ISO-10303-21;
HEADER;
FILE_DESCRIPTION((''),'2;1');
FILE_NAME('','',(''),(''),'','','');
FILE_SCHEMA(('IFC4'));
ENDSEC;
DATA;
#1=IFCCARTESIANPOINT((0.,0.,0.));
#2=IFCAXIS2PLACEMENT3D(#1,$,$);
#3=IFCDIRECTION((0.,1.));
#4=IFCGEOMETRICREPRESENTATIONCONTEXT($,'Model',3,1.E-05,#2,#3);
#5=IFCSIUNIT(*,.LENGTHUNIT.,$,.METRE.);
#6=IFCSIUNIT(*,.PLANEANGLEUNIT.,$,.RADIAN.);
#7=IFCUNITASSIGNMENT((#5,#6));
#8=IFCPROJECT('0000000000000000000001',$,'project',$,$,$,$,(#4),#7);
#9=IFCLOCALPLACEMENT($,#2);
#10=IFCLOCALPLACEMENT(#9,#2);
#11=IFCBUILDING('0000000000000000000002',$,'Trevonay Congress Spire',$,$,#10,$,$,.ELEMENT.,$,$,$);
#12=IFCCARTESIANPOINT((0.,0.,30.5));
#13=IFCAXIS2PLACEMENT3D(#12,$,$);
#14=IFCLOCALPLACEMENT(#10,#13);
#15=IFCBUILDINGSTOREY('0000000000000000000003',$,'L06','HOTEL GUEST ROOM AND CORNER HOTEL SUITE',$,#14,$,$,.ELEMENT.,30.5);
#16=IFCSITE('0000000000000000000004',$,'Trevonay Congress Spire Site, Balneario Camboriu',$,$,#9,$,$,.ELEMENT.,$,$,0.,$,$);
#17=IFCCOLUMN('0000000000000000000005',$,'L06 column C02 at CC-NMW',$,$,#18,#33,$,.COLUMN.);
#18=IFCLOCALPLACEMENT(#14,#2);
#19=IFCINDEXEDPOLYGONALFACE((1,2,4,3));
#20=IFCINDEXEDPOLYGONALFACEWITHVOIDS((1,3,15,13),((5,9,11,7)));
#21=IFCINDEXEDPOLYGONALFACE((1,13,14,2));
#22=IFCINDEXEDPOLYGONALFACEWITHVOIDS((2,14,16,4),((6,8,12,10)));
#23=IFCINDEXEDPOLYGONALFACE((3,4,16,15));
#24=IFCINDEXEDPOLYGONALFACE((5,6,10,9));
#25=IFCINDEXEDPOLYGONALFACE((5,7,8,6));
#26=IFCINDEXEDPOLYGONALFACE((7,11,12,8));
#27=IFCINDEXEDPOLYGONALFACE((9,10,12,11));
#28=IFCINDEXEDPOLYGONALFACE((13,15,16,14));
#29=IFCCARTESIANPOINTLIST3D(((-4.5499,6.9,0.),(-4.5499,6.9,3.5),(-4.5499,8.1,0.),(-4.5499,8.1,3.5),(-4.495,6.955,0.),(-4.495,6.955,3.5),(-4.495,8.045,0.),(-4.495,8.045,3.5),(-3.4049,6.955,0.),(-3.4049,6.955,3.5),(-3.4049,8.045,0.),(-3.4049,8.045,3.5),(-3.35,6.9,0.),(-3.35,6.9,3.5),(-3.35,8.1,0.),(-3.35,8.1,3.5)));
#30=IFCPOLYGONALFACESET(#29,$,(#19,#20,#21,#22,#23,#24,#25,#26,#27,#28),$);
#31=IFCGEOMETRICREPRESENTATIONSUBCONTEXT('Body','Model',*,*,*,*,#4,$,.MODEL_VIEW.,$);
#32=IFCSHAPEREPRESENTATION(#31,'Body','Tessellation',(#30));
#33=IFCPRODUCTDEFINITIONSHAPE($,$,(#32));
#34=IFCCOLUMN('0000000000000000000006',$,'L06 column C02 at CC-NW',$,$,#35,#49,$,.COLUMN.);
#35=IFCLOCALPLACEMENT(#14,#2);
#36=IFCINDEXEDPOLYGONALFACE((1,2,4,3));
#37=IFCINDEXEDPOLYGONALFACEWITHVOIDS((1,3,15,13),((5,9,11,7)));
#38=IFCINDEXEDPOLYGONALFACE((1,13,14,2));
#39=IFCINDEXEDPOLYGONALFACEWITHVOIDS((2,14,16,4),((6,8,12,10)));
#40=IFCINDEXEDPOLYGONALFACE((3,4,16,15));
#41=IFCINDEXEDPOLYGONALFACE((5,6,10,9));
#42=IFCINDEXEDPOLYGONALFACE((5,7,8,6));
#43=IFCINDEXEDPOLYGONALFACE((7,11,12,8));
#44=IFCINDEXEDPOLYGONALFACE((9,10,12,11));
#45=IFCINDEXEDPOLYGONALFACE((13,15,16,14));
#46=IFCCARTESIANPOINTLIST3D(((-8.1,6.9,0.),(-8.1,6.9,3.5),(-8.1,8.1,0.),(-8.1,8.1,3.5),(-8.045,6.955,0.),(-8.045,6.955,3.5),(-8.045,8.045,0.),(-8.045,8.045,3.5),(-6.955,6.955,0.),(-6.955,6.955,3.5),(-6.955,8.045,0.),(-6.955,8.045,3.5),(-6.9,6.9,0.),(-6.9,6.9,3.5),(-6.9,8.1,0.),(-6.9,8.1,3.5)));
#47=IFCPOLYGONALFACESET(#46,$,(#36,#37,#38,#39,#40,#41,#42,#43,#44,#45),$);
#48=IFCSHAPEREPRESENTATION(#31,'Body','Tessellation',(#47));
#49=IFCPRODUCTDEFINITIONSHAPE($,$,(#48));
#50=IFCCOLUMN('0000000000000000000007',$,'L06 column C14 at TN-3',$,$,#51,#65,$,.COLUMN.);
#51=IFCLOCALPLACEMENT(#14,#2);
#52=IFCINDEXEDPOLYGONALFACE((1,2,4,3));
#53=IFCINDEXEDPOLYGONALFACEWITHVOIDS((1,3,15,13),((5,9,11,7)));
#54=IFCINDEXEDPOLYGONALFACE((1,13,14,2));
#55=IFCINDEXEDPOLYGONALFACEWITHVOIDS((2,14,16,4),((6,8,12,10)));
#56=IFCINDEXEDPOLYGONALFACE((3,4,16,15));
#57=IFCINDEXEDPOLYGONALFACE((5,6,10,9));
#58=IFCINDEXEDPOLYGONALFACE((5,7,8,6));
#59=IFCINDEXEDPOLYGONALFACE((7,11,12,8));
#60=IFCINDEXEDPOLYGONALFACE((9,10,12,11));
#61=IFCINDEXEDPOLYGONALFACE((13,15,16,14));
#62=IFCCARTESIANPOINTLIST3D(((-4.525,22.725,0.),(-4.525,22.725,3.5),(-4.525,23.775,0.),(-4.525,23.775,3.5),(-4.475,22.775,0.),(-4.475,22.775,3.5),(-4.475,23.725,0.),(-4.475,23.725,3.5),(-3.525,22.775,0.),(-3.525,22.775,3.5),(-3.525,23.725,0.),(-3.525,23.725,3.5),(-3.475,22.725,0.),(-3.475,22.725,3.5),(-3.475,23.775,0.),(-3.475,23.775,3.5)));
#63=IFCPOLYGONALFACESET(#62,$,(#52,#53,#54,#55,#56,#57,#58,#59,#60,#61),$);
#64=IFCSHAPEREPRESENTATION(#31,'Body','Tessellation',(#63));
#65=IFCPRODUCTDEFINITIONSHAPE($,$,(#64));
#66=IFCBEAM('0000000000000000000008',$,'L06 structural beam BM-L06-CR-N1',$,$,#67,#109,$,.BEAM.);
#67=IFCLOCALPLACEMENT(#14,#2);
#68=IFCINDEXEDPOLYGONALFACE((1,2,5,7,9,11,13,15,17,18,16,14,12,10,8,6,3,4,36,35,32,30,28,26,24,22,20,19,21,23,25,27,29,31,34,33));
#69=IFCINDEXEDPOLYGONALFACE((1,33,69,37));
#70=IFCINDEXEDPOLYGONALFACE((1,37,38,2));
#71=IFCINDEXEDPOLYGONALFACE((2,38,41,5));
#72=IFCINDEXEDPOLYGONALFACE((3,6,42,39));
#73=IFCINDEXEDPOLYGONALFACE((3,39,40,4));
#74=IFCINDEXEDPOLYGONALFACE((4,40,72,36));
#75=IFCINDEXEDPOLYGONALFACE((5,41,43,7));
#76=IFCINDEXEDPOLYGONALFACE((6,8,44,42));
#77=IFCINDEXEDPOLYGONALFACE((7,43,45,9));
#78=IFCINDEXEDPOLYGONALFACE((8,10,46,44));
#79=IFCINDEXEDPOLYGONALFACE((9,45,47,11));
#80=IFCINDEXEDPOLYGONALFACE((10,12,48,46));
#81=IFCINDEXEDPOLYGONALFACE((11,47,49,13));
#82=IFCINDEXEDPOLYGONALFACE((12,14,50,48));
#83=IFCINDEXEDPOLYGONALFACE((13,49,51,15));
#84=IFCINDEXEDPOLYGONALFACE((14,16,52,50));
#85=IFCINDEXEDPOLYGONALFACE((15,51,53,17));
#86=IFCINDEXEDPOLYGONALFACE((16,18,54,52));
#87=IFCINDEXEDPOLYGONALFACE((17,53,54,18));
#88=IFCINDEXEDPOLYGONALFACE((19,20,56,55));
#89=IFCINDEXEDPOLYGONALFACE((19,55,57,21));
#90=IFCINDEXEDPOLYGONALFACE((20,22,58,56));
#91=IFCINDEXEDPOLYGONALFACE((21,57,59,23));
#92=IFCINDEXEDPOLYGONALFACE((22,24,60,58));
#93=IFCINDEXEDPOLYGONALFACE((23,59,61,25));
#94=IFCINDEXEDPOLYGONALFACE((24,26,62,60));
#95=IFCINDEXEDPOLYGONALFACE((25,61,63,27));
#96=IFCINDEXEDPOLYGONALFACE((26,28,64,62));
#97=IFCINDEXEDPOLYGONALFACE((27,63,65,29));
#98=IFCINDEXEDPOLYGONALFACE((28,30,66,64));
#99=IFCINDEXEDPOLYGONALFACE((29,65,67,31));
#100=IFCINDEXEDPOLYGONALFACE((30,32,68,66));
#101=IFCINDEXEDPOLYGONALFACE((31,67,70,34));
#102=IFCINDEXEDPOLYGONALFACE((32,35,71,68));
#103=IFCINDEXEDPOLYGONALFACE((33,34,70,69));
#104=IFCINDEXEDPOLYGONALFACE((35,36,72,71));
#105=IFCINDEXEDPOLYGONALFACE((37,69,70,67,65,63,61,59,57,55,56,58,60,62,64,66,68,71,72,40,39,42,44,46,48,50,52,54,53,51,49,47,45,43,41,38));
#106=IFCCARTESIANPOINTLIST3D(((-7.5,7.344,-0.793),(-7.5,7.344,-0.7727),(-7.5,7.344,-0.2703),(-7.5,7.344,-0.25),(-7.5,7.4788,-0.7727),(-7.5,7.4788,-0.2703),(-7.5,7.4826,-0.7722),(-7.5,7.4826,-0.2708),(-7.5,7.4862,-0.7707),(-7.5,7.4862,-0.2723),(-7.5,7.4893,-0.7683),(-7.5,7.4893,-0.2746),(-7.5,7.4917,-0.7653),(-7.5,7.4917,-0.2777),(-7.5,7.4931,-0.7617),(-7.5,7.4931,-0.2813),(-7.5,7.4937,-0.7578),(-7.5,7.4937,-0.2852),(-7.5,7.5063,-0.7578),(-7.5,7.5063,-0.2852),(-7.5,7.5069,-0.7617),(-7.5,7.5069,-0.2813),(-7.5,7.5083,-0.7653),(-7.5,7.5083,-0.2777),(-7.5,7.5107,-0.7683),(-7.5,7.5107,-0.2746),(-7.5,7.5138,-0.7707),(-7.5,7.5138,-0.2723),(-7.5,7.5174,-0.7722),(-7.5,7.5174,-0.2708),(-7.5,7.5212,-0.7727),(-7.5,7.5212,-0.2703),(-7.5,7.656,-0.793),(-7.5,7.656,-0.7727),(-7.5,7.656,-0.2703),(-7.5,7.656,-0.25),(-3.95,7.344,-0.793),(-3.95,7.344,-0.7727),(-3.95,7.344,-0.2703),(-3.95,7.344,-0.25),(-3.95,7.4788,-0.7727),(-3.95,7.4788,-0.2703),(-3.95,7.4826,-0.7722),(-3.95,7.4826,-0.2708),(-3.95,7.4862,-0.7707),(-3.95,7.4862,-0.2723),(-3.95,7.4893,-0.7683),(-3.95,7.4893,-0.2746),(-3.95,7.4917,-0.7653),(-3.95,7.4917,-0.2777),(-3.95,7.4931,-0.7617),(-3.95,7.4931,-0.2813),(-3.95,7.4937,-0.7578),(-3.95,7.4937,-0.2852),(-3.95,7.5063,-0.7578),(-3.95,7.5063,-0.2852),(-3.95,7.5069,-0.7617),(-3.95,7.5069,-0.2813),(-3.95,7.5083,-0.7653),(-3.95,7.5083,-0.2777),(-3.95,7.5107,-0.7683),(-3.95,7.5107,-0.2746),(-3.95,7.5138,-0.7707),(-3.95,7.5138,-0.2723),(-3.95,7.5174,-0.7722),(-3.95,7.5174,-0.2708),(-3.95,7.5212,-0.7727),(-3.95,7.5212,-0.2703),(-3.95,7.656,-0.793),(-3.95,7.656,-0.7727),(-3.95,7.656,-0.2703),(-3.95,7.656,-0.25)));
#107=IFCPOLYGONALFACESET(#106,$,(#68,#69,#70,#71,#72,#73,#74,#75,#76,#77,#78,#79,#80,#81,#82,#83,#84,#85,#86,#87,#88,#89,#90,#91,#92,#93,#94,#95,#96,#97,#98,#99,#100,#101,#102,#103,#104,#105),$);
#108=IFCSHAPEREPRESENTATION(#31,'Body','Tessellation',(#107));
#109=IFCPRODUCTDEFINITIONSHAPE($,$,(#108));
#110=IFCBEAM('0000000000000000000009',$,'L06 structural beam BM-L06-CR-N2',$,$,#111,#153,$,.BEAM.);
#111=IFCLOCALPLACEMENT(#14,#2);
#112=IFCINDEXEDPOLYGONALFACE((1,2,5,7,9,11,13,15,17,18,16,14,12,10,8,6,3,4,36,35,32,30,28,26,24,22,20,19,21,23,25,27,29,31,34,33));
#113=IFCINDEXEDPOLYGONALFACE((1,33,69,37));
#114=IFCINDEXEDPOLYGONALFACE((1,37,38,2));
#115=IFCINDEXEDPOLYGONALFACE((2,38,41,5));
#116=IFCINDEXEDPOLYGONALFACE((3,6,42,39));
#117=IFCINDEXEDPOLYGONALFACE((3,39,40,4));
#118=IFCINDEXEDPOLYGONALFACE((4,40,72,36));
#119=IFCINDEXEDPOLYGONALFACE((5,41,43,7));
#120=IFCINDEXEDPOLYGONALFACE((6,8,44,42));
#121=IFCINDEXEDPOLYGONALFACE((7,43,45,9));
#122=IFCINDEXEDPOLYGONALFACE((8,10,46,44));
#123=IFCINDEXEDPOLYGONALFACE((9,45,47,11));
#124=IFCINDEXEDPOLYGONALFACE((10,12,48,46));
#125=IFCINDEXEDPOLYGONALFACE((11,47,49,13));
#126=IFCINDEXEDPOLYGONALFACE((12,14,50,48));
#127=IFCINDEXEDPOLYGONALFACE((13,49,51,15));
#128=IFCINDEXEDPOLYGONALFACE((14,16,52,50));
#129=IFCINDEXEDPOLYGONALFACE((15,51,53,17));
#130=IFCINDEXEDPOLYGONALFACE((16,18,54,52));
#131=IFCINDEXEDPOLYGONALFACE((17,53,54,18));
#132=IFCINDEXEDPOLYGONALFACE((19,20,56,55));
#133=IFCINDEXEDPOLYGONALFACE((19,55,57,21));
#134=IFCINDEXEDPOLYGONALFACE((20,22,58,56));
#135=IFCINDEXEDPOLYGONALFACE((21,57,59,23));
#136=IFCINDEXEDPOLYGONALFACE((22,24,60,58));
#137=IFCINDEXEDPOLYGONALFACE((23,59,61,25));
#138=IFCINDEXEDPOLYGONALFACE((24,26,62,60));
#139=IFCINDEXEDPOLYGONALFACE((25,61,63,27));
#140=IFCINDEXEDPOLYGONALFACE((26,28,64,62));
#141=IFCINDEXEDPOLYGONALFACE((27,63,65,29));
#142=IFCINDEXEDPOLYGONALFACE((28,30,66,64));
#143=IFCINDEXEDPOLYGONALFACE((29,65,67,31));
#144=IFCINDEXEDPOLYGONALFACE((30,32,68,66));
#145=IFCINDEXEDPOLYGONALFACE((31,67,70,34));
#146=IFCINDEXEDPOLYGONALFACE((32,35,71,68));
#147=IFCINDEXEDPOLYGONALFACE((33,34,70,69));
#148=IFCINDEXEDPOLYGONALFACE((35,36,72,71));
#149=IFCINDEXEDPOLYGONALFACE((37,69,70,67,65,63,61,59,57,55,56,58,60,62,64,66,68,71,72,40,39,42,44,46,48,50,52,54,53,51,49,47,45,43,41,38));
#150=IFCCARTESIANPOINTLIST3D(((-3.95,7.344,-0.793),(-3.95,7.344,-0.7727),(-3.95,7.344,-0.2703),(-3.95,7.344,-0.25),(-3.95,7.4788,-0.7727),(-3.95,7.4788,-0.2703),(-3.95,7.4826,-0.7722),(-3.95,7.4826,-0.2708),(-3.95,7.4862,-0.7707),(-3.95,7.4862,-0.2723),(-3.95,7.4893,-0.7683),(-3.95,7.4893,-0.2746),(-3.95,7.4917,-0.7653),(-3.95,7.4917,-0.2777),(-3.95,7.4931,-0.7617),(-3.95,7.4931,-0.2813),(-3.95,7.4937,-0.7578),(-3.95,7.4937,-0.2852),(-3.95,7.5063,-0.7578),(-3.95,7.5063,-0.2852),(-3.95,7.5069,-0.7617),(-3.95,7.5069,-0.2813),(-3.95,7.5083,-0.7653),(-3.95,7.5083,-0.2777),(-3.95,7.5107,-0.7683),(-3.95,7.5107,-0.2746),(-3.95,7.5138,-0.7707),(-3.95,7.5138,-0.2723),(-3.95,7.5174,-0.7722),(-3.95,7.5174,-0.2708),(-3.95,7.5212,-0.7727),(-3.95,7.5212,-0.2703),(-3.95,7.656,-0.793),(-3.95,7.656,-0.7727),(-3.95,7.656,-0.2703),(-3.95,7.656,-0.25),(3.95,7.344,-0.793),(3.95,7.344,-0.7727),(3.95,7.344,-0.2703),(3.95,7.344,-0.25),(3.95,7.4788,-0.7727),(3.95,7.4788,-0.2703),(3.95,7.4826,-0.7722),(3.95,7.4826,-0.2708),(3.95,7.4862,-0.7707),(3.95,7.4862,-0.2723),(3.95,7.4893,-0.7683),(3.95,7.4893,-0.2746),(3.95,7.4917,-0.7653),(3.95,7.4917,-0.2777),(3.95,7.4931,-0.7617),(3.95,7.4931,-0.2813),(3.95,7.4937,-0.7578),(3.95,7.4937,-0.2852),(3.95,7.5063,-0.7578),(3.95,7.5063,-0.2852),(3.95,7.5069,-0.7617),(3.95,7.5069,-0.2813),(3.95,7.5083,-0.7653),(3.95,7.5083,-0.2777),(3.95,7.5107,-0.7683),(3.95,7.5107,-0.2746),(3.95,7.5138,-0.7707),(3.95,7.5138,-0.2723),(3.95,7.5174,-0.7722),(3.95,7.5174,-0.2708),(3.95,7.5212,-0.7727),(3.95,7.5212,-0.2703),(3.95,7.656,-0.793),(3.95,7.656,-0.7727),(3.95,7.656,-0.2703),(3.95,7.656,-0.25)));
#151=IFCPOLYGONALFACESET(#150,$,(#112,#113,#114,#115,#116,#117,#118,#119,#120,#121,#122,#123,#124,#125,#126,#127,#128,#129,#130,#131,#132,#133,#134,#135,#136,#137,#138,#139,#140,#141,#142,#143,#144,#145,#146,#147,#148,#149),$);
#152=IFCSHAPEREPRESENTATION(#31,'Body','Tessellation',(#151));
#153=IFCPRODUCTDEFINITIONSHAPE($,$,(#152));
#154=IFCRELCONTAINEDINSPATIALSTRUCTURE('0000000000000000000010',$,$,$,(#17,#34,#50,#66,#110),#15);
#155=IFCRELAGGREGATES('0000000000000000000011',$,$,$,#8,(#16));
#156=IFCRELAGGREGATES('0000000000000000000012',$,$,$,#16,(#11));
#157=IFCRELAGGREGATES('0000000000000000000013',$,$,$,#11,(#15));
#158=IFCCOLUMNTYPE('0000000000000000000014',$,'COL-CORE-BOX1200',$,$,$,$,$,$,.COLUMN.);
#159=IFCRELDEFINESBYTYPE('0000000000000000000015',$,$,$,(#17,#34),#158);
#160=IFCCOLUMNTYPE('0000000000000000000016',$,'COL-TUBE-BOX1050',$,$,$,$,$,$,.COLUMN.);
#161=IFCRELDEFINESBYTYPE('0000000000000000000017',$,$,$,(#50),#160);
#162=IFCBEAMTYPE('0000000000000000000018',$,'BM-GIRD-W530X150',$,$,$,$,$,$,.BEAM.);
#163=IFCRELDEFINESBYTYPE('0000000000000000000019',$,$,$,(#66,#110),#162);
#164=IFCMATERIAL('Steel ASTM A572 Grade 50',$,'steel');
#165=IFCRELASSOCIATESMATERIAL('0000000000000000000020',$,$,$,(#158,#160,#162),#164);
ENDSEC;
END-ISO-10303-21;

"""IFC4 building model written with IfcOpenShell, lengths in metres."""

from ifc_helpers import new_model, si_unit, direction, frame, origin, origin_2d, place, context, subcontext, project, spatial, hollow_rectangle, i_section, extrude, material, material_profile, profile_set, type_object, element, save


model = new_model("IFC4")

# Units and contexts
model_context = context("Model", 3, precision=1e-05, world=origin(), true_north=direction((0.0, 1.0)))
body_context = subcontext(model_context, "Body", "Model", "MODEL_VIEW")
ifc_project = project(units=[si_unit("LENGTHUNIT", "METRE"), si_unit("PLANEANGLEUNIT", "RADIAN")], contexts=[model_context])

# Site, building, storey
site_placement = place(None, origin())
site = spatial("IfcSite", under=ifc_project, at=site_placement, Name="Trevonay Congress Spire Site, Balneario Camboriu", CompositionType="ELEMENT", RefElevation=0.0)
building_placement = place(site_placement, origin())
building = spatial("IfcBuilding", under=site, at=building_placement, Name="Trevonay Congress Spire", CompositionType="ELEMENT")
storey_placement = place(building_placement, frame((0.0, 0.0, 30.5)))
storey = spatial("IfcBuildingStorey", under=building, at=storey_placement, Name="L06", Description="HOTEL GUEST ROOM AND CORNER HOTEL SUITE", CompositionType="ELEMENT", Elevation=30.5)

# Columns
ifc_material_1 = material(Name="Steel ASTM A572 Grade 50", Category="steel")
ifc_material_profile_1 = material_profile(ifc_material_1, hollow_rectangle(XDim=1.2, YDim=1.2, WallThickness=0.0549, at=origin_2d()), Name="BOX 1200x1200x55")
ifc_profile_set_1 = profile_set([ifc_material_profile_1], Name="Steel ASTM A572 Grade 50")
column_type_1 = type_object("IfcColumnType", Name="COL-CORE-BOX1200", PredefinedType="COLUMN", material=ifc_profile_set_1)
for number, where, z_axis, x_axis, name in (
    (1, (-3.95, 7.5, 0.0), (0.0, 0.0, 1.0), (1.0, 0.0, 0.0), "L06 column C02 at CC-NMW"),
    (2, (-7.5, 7.5, 0.0), (0.0, 0.0, 1.0), (1.0, 0.0, 0.0), "L06 column C02 at CC-NW"),
):
    element("IfcColumn", number, at=place(storey_placement, frame(where, z_axis=z_axis, x_axis=x_axis)), inside=storey, type_object=column_type_1, Name=name, PredefinedType="COLUMN", context=body_context, shape_type="SweptSolid", body=[
        extrude(hollow_rectangle(XDim=1.2, YDim=1.2, WallThickness=0.0549, at=origin_2d()), origin(), (0.0, 0.0, 1.0), 3.5),
    ])
ifc_material_profile_2 = material_profile(ifc_material_1, hollow_rectangle(XDim=1.05, YDim=1.05, WallThickness=0.05, at=origin_2d()), Name="BOX 1050x1050x50")
ifc_profile_set_2 = profile_set([ifc_material_profile_2], Name="Steel ASTM A572 Grade 50")
column_type_2 = type_object("IfcColumnType", Name="COL-TUBE-BOX1050", PredefinedType="COLUMN", material=ifc_profile_set_2)
column_placement = place(storey_placement, frame((-4.0, 23.25, 0.0), z_axis=(0.0, 0.0, 1.0), x_axis=(1.0, 0.0, 0.0)))
element("IfcColumn", 3, at=column_placement, inside=storey, type_object=column_type_2, Name="L06 column C14 at TN-3", PredefinedType="COLUMN", context=body_context, shape_type="SweptSolid", body=[
    extrude(hollow_rectangle(XDim=1.05, YDim=1.05, WallThickness=0.05, at=origin_2d()), origin(), (0.0, 0.0, 1.0), 3.5),
])

# Beams
ifc_material_profile_3 = material_profile(ifc_material_1, i_section(OverallWidth=0.312, OverallDepth=0.543, WebThickness=0.0127, FlangeThickness=0.0203, FilletRadius=0.0149, at=origin_2d()), Name="W530x150")
ifc_profile_set_3 = profile_set([ifc_material_profile_3], Name="Steel ASTM A572 Grade 50")
beam_type_1 = type_object("IfcBeamType", Name="BM-GIRD-W530X150", PredefinedType="BEAM", material=ifc_profile_set_3)
beam_1_placement = place(storey_placement, frame((-7.5, 7.5, -0.5215), z_axis=(1.0, 0.0, 0.0), x_axis=(0.0, 1.0, 0.0)))
element("IfcBeam", 4, at=beam_1_placement, inside=storey, type_object=beam_type_1, Name="L06 structural beam BM-L06-CR-N1", PredefinedType="BEAM", context=body_context, shape_type="SweptSolid", body=[
    extrude(i_section(OverallWidth=0.312, OverallDepth=0.543, WebThickness=0.0127, FlangeThickness=0.0203, FilletRadius=0.0149, at=origin_2d()), origin(), (0.0, 0.0, 1.0), 3.55),
])
beam_2_placement = place(storey_placement, frame((-3.95, 7.5, -0.5215), z_axis=(1.0, 0.0, 0.0), x_axis=(0.0, 1.0, 0.0)))
element("IfcBeam", 5, at=beam_2_placement, inside=storey, type_object=beam_type_1, Name="L06 structural beam BM-L06-CR-N2", PredefinedType="BEAM", context=body_context, shape_type="SweptSolid", body=[
    extrude(i_section(OverallWidth=0.312, OverallDepth=0.543, WebThickness=0.0127, FlangeThickness=0.0203, FilletRadius=0.0149, at=origin_2d()), origin(), (0.0, 0.0, 1.0), 7.8999),
])

save(model, "model.ifc")
